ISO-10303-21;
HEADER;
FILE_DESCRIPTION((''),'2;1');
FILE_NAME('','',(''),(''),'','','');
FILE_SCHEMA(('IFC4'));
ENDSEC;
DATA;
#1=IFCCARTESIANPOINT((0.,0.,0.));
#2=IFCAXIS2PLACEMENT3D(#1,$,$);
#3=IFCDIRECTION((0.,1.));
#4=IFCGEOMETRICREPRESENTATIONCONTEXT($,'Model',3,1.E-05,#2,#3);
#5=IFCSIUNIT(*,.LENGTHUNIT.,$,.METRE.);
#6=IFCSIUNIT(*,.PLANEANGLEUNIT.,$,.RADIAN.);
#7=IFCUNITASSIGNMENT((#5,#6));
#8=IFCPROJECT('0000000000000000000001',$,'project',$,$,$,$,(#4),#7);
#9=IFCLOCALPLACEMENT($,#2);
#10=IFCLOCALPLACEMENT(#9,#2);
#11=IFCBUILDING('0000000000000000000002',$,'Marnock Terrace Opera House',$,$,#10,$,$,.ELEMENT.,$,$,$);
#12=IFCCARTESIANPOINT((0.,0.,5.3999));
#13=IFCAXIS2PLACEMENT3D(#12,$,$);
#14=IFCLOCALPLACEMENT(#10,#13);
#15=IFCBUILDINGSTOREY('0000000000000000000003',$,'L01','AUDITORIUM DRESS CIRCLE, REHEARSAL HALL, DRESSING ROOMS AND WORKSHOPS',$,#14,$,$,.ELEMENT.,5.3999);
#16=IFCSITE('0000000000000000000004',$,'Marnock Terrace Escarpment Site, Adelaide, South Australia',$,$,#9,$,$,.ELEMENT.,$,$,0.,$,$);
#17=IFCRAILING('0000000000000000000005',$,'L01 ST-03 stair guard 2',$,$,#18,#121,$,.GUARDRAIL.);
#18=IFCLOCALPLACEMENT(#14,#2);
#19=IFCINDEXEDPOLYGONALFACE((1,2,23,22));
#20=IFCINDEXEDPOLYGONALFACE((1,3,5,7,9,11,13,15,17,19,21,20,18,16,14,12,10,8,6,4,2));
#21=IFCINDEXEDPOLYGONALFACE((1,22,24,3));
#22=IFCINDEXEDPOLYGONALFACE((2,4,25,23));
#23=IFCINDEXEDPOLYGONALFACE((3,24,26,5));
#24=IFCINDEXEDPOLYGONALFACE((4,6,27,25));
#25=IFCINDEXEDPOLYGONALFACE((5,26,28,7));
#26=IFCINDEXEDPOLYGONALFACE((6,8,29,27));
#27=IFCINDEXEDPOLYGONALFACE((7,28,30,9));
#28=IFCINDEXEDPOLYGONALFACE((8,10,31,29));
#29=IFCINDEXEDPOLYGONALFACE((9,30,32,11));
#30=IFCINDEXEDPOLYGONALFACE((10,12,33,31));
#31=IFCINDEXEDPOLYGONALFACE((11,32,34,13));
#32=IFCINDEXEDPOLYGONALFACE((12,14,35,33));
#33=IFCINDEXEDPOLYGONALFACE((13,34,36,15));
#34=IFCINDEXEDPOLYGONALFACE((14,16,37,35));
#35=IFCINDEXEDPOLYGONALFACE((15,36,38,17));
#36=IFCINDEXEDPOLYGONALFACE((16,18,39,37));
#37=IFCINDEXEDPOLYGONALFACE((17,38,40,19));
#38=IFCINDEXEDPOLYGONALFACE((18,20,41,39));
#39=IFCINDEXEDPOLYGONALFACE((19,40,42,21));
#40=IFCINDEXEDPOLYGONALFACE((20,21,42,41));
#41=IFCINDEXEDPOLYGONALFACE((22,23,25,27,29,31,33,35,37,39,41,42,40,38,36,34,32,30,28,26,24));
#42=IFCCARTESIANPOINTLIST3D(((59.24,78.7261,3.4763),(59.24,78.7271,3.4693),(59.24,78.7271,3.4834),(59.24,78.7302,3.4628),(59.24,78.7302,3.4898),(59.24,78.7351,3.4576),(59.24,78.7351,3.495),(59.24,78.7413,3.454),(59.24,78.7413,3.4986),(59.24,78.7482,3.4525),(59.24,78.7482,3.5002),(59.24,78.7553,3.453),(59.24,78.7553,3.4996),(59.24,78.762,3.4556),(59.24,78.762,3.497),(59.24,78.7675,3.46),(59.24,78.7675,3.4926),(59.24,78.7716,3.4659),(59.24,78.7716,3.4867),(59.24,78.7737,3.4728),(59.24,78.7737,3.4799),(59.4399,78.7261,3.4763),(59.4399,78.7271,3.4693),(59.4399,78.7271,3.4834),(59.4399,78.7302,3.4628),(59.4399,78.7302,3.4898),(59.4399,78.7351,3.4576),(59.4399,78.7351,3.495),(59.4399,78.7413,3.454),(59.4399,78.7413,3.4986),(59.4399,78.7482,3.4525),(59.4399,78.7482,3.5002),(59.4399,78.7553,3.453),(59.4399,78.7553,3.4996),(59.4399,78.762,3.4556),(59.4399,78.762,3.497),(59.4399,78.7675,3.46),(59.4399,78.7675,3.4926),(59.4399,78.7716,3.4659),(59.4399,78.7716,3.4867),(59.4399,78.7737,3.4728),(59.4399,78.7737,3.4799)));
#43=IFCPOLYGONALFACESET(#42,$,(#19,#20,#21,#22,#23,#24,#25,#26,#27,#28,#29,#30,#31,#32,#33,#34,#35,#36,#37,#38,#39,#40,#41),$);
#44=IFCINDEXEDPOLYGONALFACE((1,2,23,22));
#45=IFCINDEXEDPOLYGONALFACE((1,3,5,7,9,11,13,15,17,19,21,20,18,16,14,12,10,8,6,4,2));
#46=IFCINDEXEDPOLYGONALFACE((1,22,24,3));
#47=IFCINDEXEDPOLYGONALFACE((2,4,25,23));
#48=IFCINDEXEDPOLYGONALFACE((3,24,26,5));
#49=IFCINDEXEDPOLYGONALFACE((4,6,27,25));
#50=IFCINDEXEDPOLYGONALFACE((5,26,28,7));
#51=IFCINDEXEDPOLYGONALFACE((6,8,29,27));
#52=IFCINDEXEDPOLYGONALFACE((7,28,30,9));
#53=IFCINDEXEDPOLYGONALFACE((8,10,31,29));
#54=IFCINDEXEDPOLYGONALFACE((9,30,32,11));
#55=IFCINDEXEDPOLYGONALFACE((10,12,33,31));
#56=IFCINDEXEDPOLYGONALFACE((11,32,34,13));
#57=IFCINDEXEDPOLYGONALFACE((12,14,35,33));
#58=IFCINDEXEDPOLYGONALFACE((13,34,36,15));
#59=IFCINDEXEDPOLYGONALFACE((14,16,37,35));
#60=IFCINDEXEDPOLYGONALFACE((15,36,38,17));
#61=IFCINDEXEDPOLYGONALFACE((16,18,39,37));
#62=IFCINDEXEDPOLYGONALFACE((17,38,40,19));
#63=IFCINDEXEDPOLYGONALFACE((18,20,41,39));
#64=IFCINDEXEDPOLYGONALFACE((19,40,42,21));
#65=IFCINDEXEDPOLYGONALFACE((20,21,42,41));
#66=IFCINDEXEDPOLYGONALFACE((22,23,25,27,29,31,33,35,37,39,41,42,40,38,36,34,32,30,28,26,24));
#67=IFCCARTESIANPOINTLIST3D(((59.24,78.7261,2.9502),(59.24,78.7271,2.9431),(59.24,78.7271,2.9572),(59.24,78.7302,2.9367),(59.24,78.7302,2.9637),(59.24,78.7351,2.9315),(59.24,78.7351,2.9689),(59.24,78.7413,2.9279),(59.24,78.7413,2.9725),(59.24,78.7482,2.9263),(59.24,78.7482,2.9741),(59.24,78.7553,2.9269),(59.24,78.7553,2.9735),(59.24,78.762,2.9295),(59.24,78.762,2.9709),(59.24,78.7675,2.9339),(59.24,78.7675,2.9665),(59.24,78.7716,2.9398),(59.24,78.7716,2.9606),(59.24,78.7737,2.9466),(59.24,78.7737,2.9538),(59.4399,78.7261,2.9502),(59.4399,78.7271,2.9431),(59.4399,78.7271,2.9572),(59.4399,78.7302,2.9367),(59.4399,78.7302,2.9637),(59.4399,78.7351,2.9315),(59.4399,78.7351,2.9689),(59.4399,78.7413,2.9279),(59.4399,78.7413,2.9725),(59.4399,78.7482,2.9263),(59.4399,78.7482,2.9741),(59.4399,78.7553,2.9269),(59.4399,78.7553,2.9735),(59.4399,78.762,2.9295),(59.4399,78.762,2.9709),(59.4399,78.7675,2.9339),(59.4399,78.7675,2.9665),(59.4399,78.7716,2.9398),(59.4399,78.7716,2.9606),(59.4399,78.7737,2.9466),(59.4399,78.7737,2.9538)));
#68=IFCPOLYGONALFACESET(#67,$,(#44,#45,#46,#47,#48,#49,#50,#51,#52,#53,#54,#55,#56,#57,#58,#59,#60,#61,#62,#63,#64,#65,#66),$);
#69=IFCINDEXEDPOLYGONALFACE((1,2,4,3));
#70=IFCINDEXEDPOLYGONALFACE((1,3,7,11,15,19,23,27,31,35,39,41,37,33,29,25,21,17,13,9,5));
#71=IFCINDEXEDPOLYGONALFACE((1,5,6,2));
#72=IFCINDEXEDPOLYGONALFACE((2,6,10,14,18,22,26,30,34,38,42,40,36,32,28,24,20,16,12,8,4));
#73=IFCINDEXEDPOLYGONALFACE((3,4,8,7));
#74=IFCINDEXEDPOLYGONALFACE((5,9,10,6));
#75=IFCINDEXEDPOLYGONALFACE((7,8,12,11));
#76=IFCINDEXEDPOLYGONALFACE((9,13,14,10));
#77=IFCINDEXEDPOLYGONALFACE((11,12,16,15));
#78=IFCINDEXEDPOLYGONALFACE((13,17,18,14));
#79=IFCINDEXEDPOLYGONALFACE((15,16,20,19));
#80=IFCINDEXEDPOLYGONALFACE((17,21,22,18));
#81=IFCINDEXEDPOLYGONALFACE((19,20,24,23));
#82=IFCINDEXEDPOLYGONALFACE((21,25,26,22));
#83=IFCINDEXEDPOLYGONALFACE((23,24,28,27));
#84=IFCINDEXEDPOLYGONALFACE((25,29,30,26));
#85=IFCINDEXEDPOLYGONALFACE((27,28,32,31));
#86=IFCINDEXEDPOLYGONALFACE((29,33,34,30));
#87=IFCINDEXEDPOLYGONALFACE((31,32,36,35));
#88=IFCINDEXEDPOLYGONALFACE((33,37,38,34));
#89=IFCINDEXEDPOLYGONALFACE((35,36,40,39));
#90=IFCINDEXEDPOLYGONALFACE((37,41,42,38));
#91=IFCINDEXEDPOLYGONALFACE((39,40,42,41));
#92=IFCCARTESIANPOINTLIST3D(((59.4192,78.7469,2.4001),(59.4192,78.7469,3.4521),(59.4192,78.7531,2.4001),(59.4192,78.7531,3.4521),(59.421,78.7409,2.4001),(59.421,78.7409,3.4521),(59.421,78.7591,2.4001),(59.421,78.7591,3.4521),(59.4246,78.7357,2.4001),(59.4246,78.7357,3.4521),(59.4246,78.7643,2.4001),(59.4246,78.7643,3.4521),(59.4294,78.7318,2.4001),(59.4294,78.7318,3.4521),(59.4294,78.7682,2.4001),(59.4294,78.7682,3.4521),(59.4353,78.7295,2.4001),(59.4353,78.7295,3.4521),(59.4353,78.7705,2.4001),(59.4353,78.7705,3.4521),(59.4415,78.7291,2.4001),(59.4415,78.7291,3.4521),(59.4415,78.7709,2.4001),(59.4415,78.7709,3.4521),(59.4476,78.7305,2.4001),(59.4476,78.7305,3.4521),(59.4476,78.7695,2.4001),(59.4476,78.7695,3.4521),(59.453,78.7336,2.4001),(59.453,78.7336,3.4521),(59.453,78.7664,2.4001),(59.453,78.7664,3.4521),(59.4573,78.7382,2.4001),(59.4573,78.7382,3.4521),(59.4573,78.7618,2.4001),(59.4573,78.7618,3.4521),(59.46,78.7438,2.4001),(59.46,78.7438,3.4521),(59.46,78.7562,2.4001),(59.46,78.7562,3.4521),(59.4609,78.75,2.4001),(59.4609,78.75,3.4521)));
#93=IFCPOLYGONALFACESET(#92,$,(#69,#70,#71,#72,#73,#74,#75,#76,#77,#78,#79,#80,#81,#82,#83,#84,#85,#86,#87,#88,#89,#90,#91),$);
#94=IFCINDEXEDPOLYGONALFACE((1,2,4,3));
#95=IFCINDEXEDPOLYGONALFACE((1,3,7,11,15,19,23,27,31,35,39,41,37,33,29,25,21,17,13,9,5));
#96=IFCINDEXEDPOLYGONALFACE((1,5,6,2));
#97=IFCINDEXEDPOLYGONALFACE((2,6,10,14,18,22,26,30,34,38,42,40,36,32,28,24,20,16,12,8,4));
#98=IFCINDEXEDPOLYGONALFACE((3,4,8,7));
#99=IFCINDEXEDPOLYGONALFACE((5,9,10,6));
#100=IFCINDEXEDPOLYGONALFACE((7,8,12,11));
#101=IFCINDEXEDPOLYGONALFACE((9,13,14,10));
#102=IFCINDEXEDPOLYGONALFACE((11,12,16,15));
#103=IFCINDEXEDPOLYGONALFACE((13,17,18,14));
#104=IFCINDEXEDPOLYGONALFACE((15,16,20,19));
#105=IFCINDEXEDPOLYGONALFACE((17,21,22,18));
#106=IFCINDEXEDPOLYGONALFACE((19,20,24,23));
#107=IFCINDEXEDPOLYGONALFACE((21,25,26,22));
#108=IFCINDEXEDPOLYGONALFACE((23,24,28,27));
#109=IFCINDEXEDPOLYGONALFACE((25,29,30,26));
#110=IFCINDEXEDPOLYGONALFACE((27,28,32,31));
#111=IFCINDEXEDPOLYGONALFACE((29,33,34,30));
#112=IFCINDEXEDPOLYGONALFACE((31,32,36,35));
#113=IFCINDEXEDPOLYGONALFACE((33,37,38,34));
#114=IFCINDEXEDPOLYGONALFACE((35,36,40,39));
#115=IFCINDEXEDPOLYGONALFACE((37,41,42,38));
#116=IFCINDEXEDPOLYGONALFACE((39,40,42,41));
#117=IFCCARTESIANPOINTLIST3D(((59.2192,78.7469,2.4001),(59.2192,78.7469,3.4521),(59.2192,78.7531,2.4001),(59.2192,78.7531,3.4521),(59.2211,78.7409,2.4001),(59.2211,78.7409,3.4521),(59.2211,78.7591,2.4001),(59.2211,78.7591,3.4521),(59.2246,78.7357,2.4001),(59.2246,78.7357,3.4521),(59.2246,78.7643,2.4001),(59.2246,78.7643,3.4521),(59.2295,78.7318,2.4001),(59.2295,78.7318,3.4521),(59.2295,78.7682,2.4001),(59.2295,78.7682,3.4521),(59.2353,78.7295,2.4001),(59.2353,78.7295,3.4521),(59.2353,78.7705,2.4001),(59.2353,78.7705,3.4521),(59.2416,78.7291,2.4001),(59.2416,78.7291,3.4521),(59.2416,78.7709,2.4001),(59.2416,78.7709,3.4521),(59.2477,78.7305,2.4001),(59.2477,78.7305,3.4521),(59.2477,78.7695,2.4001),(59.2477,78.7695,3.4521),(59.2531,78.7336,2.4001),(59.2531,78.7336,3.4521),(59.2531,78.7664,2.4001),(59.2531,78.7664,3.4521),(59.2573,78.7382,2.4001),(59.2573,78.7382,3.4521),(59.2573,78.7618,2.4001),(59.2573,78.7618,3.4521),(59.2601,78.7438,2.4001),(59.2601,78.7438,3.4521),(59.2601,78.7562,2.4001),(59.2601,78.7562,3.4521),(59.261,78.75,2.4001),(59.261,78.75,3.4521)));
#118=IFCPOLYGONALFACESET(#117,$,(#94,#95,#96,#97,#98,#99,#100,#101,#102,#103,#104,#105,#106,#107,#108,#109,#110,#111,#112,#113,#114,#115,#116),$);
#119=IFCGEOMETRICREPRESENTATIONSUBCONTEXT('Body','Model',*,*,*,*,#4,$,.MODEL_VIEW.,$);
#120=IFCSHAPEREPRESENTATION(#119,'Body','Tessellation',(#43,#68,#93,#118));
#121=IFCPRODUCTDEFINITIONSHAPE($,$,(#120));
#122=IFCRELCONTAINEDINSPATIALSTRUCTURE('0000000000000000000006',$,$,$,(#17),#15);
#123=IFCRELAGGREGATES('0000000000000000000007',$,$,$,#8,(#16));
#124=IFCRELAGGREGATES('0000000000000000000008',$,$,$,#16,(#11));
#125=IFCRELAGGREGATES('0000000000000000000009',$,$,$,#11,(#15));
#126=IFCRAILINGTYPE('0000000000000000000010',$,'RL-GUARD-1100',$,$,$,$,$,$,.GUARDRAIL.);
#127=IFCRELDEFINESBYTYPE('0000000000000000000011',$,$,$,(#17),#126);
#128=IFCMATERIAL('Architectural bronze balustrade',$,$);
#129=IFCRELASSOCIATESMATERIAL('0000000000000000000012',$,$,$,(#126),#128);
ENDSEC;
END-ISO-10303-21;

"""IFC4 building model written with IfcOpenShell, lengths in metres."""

from ifc_helpers import new_model, si_unit, direction, frame, origin, origin_2d, place, context, subcontext, project, spatial, circle, extrude, material, type_object, element, save


model = new_model("IFC4")

# Units and contexts
model_context = context("Model", 3, precision=1e-05, world=origin(), true_north=direction((0.0, 1.0)))
body_context = subcontext(model_context, "Body", "Model", "MODEL_VIEW")
ifc_project = project(units=[si_unit("LENGTHUNIT", "METRE"), si_unit("PLANEANGLEUNIT", "RADIAN")], contexts=[model_context])

# Site, building, storey
site_placement = place(None, origin())
site = spatial("IfcSite", under=ifc_project, at=site_placement, Name="Marnock Terrace Escarpment Site, Adelaide, South Australia", CompositionType="ELEMENT", RefElevation=0.0)
building_placement = place(site_placement, origin())
building = spatial("IfcBuilding", under=site, at=building_placement, Name="Marnock Terrace Opera House", CompositionType="ELEMENT")
storey_placement = place(building_placement, frame((0.0, 0.0, 5.3999)))
storey = spatial("IfcBuildingStorey", under=building, at=storey_placement, Name="L01", Description="AUDITORIUM DRESS CIRCLE, REHEARSAL HALL, DRESSING ROOMS AND WORKSHOPS", CompositionType="ELEMENT", Elevation=5.3999)

# Railing
ifc_material_1 = material(Name="Architectural bronze balustrade")
railing_type_1 = type_object("IfcRailingType", Name="RL-GUARD-1100", PredefinedType="GUARDRAIL", material=ifc_material_1)
railing_1_placement = place(storey_placement, frame((59.4399, 78.75, 2.4001)))
element("IfcRailing", 1, at=railing_1_placement, inside=storey, type_object=railing_type_1, Name="L01 ST-03 stair guard 2", PredefinedType="GUARDRAIL", context=body_context, shape_type="SweptSolid", body=[
    extrude(circle(Radius=0.0239, at=origin_2d()), frame((0.0, 0.0, 1.0762), z_axis=(-1.0, 0.0, 0.0), x_axis=(0.0, -1.0, 0.0)), (0.0, 0.0, 1.0), 0.2),
    extrude(circle(Radius=0.0239, at=origin_2d()), frame((0.0, 0.0, 0.55), z_axis=(-1.0, 0.0, 0.0), x_axis=(0.0, -1.0, 0.0)), (0.0, 0.0, 1.0), 0.2),
    extrude(circle(Radius=0.021, at=origin_2d()), origin(), (0.0, 0.0, 1.0), 1.052),
    extrude(circle(Radius=0.021, at=origin_2d()), frame((-0.2, 0.0, 0.0)), (0.0, 0.0, 1.0), 1.052),
])

save(model, "model.ifc")
